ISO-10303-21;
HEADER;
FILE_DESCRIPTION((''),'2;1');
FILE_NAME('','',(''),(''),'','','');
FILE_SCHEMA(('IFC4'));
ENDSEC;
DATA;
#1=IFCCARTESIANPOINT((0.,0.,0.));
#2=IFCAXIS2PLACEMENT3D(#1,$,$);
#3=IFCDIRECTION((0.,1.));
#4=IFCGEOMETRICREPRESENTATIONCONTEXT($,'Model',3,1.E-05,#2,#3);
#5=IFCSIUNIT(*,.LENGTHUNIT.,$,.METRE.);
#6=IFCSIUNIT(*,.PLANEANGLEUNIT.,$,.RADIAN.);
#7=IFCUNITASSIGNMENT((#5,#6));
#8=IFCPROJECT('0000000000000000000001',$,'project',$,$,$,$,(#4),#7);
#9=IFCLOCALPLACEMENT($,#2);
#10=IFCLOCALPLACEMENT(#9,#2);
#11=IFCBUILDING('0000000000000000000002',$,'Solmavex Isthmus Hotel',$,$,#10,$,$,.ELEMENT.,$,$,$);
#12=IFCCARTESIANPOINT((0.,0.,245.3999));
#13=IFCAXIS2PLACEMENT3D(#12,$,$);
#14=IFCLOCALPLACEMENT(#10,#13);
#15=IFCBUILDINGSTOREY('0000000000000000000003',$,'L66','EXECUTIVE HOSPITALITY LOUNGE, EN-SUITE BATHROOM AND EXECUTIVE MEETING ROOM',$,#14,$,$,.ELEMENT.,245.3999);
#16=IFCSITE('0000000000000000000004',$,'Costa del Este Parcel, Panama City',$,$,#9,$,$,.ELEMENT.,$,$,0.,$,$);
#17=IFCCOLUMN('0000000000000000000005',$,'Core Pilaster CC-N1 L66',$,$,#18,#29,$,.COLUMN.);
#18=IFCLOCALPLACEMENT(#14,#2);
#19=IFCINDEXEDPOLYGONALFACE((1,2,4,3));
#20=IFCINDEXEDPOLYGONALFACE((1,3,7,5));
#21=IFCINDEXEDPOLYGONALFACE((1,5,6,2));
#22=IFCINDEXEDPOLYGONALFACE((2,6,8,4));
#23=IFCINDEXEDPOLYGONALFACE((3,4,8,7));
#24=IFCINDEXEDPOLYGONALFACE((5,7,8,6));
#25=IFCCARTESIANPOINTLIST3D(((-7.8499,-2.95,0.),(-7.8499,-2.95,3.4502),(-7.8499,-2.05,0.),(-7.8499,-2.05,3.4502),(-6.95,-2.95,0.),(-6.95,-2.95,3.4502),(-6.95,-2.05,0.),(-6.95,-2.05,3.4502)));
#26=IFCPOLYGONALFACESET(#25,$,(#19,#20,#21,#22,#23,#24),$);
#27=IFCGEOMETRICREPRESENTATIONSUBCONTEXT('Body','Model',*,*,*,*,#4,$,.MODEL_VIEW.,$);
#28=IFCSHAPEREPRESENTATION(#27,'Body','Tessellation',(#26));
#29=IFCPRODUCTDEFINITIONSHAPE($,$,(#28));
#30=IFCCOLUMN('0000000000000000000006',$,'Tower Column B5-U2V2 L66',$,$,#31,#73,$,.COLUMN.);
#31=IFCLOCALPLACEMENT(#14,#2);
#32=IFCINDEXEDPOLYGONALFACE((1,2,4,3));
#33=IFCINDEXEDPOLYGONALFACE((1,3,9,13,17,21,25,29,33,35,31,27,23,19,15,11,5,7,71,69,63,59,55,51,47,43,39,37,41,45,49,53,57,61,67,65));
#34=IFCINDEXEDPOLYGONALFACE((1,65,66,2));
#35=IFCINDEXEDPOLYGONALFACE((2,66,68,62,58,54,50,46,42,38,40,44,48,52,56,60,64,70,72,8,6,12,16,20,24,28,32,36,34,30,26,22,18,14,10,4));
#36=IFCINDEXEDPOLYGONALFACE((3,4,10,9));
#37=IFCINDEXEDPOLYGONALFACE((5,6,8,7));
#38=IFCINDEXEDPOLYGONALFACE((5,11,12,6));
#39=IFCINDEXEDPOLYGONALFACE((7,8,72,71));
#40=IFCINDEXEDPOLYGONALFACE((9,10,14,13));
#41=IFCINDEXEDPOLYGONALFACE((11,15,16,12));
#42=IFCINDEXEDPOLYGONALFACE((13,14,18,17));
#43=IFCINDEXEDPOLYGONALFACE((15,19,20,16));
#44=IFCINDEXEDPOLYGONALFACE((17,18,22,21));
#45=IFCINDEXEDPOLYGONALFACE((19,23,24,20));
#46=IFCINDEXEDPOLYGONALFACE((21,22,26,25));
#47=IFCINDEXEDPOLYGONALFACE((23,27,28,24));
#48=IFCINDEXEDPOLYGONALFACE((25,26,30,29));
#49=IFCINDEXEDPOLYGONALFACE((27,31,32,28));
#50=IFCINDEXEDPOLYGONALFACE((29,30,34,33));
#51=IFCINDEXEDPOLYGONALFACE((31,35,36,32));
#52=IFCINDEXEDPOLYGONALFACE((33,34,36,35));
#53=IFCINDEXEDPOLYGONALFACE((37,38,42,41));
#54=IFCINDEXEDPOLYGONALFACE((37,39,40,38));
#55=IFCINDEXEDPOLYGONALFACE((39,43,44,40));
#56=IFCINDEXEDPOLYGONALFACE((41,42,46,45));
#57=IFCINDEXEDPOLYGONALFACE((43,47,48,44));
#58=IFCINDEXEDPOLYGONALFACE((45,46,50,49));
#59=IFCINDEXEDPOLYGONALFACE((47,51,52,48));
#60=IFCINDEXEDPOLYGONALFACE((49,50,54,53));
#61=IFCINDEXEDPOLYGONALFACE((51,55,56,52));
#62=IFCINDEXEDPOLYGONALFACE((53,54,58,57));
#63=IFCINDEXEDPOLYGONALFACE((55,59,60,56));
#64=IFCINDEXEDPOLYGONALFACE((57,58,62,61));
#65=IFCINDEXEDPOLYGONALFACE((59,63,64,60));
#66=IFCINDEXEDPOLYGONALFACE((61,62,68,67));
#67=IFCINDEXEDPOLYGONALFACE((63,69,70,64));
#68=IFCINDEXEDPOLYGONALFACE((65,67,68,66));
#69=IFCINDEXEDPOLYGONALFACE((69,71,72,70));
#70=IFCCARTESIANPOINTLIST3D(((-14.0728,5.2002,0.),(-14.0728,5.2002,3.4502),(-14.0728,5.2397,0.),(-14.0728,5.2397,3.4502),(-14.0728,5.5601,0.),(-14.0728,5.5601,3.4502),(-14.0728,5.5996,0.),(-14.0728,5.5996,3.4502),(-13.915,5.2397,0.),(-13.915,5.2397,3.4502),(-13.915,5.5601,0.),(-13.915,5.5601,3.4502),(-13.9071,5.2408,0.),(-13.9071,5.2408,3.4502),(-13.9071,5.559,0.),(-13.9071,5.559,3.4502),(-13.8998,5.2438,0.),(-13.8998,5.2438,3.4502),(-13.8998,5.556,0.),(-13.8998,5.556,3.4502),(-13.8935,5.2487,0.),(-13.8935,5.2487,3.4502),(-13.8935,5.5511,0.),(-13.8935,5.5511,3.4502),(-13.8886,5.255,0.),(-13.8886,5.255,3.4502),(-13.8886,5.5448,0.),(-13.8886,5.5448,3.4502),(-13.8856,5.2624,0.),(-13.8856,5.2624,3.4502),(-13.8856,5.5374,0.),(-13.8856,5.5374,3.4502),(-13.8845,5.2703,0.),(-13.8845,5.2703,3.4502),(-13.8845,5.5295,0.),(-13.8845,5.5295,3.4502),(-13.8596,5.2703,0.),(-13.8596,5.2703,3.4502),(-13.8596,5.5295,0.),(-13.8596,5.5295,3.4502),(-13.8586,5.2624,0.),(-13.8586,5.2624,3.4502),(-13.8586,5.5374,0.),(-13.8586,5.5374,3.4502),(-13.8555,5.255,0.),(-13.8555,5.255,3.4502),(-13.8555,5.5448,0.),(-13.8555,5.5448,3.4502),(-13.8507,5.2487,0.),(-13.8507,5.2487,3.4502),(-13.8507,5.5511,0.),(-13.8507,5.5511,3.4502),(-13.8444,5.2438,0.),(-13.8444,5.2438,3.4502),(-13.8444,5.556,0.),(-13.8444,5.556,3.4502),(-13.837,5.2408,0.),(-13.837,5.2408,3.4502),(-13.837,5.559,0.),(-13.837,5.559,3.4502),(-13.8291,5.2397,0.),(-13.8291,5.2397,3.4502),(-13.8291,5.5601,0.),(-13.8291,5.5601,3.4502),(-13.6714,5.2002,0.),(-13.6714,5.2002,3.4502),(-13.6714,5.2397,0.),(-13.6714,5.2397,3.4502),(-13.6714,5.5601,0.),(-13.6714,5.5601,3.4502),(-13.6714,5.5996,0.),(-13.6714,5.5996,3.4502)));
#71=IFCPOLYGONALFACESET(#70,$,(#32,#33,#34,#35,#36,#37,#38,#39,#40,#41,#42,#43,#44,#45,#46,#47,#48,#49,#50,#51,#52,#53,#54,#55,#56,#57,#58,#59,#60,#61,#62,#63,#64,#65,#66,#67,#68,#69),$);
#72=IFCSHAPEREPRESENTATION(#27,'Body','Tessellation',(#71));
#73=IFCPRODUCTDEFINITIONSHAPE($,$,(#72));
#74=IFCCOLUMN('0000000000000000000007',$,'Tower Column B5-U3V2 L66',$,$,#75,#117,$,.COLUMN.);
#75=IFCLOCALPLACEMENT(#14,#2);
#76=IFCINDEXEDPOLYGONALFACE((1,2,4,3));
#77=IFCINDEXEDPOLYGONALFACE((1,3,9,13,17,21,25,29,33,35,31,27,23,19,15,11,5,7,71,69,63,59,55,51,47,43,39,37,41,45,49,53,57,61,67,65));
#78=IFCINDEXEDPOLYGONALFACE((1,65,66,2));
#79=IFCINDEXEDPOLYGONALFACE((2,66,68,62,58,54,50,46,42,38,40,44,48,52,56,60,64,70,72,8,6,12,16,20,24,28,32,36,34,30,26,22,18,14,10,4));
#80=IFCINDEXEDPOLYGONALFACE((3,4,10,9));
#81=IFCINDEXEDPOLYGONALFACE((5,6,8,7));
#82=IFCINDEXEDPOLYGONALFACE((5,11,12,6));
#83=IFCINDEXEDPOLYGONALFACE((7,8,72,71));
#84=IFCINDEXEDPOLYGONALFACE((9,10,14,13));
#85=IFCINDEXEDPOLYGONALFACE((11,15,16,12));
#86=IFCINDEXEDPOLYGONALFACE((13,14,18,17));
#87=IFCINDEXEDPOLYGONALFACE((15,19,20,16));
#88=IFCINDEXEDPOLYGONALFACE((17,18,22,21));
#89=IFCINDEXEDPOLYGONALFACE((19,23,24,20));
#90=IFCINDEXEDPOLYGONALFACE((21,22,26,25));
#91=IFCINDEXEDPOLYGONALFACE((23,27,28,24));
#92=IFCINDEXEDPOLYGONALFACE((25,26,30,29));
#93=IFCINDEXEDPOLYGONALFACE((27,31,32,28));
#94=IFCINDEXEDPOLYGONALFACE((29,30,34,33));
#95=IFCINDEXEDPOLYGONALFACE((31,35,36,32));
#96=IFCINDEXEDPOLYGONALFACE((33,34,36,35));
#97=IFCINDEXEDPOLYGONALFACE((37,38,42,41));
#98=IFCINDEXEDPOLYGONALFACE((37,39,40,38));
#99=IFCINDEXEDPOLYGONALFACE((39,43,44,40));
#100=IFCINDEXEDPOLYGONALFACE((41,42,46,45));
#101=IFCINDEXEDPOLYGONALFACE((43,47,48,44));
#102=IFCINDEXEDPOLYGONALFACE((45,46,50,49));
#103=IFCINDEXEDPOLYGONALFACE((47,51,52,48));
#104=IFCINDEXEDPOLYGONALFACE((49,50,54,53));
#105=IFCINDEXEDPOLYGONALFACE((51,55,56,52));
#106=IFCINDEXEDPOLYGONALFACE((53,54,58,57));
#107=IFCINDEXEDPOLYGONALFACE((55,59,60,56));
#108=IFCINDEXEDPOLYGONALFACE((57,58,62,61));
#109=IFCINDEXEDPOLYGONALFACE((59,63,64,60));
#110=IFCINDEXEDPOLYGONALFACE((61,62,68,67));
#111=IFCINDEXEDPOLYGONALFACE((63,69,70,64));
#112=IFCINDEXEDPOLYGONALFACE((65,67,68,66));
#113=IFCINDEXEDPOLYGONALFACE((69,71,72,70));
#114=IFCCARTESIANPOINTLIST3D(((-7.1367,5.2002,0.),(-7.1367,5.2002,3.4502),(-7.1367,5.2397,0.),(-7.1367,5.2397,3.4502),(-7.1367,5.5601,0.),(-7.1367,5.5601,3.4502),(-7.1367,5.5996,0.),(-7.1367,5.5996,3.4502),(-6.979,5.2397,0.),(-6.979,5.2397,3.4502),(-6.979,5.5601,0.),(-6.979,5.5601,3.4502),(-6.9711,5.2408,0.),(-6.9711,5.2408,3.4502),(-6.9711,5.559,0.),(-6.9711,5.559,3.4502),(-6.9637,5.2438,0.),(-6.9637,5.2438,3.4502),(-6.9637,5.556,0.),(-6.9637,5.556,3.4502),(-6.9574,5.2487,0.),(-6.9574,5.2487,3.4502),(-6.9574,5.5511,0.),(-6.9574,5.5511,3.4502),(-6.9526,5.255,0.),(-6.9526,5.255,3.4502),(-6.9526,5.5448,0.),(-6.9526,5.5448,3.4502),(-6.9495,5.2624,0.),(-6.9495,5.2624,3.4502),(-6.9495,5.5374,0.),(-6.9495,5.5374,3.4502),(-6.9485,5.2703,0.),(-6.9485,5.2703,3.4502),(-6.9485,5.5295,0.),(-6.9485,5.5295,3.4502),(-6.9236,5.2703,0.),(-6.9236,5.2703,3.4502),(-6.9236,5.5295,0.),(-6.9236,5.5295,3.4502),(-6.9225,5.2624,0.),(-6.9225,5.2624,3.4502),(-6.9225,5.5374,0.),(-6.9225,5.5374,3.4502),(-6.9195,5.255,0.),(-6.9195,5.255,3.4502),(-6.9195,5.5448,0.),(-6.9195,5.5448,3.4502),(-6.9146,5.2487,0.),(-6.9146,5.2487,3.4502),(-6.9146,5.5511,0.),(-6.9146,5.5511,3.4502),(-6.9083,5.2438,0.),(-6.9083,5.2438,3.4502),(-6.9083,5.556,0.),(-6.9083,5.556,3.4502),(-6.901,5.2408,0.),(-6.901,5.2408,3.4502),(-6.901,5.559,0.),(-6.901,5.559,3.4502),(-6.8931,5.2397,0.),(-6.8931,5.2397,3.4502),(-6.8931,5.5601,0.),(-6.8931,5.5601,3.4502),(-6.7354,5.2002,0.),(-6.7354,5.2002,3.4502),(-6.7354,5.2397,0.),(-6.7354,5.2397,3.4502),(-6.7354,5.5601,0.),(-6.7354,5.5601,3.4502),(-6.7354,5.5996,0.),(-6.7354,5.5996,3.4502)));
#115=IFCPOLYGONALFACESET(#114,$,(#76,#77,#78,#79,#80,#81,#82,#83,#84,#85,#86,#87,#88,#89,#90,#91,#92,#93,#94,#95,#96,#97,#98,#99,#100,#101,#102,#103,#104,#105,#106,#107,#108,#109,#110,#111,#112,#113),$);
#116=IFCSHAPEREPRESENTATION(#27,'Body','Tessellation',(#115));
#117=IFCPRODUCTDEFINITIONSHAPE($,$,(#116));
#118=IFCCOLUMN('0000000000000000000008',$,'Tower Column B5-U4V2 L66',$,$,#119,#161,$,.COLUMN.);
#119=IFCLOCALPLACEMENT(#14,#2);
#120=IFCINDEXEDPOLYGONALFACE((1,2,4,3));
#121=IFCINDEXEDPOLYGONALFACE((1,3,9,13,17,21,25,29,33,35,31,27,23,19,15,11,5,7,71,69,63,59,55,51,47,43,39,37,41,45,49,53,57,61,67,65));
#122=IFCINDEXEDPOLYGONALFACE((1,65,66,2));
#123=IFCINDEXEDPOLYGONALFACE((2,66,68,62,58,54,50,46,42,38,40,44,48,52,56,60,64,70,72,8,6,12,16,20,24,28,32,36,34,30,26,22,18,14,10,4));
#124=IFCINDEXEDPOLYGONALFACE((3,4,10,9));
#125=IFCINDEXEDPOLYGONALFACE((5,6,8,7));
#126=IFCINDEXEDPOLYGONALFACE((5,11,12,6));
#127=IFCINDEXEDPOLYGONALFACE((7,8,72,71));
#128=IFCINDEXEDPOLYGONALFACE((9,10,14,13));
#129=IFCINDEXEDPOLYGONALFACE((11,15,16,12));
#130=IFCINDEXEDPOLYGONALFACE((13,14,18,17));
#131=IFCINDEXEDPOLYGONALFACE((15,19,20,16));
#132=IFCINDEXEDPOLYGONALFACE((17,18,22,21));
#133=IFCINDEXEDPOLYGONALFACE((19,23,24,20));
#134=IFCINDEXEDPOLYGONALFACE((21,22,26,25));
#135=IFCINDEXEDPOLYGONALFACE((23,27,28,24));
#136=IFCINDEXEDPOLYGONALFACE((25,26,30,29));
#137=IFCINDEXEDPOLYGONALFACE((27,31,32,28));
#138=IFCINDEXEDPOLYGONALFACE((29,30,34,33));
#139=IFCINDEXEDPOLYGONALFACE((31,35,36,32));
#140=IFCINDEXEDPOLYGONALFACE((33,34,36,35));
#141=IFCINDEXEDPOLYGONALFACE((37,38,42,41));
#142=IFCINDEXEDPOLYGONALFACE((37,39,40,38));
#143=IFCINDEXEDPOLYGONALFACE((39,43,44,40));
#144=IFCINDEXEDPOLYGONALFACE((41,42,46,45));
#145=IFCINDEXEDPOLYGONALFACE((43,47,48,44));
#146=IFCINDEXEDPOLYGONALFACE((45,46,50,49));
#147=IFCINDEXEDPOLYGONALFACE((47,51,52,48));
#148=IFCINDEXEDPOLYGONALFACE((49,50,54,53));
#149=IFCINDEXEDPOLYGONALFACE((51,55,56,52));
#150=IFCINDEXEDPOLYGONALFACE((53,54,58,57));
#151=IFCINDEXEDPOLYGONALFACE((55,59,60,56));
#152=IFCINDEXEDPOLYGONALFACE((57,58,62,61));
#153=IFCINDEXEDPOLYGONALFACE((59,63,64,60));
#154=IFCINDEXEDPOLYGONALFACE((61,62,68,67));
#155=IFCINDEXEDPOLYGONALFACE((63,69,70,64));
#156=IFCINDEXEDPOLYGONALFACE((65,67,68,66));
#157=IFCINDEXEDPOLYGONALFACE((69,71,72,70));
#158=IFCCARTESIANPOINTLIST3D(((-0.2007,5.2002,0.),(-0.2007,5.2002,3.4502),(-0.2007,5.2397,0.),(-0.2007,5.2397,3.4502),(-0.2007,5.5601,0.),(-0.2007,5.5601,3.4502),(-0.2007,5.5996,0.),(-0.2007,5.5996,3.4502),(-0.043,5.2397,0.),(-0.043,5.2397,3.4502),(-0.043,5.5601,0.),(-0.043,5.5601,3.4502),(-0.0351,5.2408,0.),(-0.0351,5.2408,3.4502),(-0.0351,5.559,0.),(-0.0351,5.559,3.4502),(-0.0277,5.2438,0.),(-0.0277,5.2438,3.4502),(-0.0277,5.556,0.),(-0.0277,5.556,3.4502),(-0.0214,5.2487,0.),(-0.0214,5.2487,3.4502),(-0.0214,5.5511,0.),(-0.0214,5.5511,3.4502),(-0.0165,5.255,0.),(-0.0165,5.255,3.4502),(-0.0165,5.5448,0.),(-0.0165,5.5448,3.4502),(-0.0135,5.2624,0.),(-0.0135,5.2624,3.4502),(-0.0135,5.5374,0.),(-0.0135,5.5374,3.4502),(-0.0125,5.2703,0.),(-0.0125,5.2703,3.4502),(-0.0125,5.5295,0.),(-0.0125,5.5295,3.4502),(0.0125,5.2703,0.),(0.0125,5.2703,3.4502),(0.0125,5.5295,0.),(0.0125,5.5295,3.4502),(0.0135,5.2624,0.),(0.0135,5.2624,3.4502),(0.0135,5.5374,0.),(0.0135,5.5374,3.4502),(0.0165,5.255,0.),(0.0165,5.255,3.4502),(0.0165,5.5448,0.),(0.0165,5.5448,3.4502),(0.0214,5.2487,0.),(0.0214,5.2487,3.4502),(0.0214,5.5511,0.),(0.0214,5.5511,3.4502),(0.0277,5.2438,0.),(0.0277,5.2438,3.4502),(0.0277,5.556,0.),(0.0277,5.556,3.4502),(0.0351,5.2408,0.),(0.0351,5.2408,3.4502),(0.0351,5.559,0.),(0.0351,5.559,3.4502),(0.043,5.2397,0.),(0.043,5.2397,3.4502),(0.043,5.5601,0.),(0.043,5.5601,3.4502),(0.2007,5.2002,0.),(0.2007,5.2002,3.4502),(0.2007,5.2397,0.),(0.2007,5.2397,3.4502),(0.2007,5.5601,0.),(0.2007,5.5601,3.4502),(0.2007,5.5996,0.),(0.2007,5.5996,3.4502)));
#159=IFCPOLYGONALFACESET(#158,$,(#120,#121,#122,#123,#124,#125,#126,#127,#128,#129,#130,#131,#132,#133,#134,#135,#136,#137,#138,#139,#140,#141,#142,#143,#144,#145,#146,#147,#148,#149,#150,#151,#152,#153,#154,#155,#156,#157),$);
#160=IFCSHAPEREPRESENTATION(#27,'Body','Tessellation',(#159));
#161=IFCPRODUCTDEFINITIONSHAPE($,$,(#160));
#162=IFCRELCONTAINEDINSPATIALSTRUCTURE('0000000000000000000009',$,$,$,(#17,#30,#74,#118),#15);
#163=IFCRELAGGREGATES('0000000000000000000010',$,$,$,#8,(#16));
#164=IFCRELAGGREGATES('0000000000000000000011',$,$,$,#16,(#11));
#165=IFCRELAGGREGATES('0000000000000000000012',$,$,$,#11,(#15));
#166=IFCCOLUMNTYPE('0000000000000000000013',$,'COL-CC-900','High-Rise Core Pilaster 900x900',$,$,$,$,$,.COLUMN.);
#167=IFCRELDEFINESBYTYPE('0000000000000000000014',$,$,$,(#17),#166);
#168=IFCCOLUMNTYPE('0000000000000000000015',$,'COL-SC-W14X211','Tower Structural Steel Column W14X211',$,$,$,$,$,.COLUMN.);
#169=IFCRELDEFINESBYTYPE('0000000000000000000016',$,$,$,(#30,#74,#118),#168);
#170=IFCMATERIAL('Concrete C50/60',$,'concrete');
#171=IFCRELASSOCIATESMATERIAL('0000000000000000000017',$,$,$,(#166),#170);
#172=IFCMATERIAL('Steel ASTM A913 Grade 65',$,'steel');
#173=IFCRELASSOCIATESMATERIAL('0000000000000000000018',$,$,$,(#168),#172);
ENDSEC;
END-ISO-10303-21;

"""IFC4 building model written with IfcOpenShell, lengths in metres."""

from ifc_helpers import new_model, si_unit, direction, frame, origin, origin_2d, place, context, subcontext, project, spatial, rectangle, i_section, extrude, material, material_profile, profile_set, type_object, element, save


model = new_model("IFC4")

# Units and contexts
model_context = context("Model", 3, precision=1e-05, world=origin(), true_north=direction((0.0, 1.0)))
body_context = subcontext(model_context, "Body", "Model", "MODEL_VIEW")
ifc_project = project(units=[si_unit("LENGTHUNIT", "METRE"), si_unit("PLANEANGLEUNIT", "RADIAN")], contexts=[model_context])

# Site, building, storey
site_placement = place(None, origin())
site = spatial("IfcSite", under=ifc_project, at=site_placement, Name="Costa del Este Parcel, Panama City", CompositionType="ELEMENT", RefElevation=0.0)
building_placement = place(site_placement, origin())
building = spatial("IfcBuilding", under=site, at=building_placement, Name="Solmavex Isthmus Hotel", CompositionType="ELEMENT")
storey_placement = place(building_placement, frame((0.0, 0.0, 245.3999)))
storey = spatial("IfcBuildingStorey", under=building, at=storey_placement, Name="L66", Description="EXECUTIVE HOSPITALITY LOUNGE, EN-SUITE BATHROOM AND EXECUTIVE MEETING ROOM", CompositionType="ELEMENT", Elevation=245.3999)

# Columns
ifc_material_1 = material(Name="Concrete C50/60", Category="concrete")
ifc_material_profile_1 = material_profile(ifc_material_1, rectangle(XDim=0.8999, YDim=0.8999, at=origin_2d()), Name="RC900X900")
ifc_profile_set_1 = profile_set([ifc_material_profile_1], Name="Concrete C50/60")
column_type_1 = type_object("IfcColumnType", Name="COL-CC-900", Description="High-Rise Core Pilaster 900x900", PredefinedType="COLUMN", material=ifc_profile_set_1)
column_placement = place(storey_placement, frame((-7.3999, -2.5, 0.0), z_axis=(0.0, 0.0, 1.0), x_axis=(1.0, 0.0, 0.0)))
element("IfcColumn", 1, at=column_placement, inside=storey, type_object=column_type_1, Name="Core Pilaster CC-N1 L66", PredefinedType="COLUMN", context=body_context, shape_type="SweptSolid", body=[
    extrude(rectangle(XDim=0.8999, YDim=0.8999, at=origin_2d()), origin(), (0.0, 0.0, 1.0), 3.4502),
])
ifc_material_2 = material(Name="Steel ASTM A913 Grade 65", Category="steel")
ifc_material_profile_2 = material_profile(ifc_material_2, i_section(OverallWidth=0.4014, OverallDepth=0.3994, WebThickness=0.0249, FlangeThickness=0.0396, FilletRadius=0.0305, at=origin_2d()), Name="W14X211")
ifc_profile_set_2 = profile_set([ifc_material_profile_2], Name="Steel ASTM A913 Grade 65")
column_type_2 = type_object("IfcColumnType", Name="COL-SC-W14X211", Description="Tower Structural Steel Column W14X211", PredefinedType="COLUMN", material=ifc_profile_set_2)
for number, where, z_axis, x_axis, name in (
    (2, (-13.8721, 5.3999, 0.0), (0.0, 0.0, 1.0), (1.0, 0.0, 0.0), "Tower Column B5-U2V2 L66"),
    (3, (-6.936, 5.3999, 0.0), (0.0, 0.0, 1.0), (1.0, 0.0, 0.0), "Tower Column B5-U3V2 L66"),
    (4, (0.0, 5.3999, 0.0), (0.0, 0.0, 1.0), (1.0, 0.0, 0.0), "Tower Column B5-U4V2 L66"),
):
    element("IfcColumn", number, at=place(storey_placement, frame(where, z_axis=z_axis, x_axis=x_axis)), inside=storey, type_object=column_type_2, Name=name, PredefinedType="COLUMN", context=body_context, shape_type="SweptSolid", body=[
        extrude(i_section(OverallWidth=0.4014, OverallDepth=0.3994, WebThickness=0.0249, FlangeThickness=0.0396, FilletRadius=0.0305, at=origin_2d()), origin(), (0.0, 0.0, 1.0), 3.4502),
    ])

save(model, "model.ifc")
